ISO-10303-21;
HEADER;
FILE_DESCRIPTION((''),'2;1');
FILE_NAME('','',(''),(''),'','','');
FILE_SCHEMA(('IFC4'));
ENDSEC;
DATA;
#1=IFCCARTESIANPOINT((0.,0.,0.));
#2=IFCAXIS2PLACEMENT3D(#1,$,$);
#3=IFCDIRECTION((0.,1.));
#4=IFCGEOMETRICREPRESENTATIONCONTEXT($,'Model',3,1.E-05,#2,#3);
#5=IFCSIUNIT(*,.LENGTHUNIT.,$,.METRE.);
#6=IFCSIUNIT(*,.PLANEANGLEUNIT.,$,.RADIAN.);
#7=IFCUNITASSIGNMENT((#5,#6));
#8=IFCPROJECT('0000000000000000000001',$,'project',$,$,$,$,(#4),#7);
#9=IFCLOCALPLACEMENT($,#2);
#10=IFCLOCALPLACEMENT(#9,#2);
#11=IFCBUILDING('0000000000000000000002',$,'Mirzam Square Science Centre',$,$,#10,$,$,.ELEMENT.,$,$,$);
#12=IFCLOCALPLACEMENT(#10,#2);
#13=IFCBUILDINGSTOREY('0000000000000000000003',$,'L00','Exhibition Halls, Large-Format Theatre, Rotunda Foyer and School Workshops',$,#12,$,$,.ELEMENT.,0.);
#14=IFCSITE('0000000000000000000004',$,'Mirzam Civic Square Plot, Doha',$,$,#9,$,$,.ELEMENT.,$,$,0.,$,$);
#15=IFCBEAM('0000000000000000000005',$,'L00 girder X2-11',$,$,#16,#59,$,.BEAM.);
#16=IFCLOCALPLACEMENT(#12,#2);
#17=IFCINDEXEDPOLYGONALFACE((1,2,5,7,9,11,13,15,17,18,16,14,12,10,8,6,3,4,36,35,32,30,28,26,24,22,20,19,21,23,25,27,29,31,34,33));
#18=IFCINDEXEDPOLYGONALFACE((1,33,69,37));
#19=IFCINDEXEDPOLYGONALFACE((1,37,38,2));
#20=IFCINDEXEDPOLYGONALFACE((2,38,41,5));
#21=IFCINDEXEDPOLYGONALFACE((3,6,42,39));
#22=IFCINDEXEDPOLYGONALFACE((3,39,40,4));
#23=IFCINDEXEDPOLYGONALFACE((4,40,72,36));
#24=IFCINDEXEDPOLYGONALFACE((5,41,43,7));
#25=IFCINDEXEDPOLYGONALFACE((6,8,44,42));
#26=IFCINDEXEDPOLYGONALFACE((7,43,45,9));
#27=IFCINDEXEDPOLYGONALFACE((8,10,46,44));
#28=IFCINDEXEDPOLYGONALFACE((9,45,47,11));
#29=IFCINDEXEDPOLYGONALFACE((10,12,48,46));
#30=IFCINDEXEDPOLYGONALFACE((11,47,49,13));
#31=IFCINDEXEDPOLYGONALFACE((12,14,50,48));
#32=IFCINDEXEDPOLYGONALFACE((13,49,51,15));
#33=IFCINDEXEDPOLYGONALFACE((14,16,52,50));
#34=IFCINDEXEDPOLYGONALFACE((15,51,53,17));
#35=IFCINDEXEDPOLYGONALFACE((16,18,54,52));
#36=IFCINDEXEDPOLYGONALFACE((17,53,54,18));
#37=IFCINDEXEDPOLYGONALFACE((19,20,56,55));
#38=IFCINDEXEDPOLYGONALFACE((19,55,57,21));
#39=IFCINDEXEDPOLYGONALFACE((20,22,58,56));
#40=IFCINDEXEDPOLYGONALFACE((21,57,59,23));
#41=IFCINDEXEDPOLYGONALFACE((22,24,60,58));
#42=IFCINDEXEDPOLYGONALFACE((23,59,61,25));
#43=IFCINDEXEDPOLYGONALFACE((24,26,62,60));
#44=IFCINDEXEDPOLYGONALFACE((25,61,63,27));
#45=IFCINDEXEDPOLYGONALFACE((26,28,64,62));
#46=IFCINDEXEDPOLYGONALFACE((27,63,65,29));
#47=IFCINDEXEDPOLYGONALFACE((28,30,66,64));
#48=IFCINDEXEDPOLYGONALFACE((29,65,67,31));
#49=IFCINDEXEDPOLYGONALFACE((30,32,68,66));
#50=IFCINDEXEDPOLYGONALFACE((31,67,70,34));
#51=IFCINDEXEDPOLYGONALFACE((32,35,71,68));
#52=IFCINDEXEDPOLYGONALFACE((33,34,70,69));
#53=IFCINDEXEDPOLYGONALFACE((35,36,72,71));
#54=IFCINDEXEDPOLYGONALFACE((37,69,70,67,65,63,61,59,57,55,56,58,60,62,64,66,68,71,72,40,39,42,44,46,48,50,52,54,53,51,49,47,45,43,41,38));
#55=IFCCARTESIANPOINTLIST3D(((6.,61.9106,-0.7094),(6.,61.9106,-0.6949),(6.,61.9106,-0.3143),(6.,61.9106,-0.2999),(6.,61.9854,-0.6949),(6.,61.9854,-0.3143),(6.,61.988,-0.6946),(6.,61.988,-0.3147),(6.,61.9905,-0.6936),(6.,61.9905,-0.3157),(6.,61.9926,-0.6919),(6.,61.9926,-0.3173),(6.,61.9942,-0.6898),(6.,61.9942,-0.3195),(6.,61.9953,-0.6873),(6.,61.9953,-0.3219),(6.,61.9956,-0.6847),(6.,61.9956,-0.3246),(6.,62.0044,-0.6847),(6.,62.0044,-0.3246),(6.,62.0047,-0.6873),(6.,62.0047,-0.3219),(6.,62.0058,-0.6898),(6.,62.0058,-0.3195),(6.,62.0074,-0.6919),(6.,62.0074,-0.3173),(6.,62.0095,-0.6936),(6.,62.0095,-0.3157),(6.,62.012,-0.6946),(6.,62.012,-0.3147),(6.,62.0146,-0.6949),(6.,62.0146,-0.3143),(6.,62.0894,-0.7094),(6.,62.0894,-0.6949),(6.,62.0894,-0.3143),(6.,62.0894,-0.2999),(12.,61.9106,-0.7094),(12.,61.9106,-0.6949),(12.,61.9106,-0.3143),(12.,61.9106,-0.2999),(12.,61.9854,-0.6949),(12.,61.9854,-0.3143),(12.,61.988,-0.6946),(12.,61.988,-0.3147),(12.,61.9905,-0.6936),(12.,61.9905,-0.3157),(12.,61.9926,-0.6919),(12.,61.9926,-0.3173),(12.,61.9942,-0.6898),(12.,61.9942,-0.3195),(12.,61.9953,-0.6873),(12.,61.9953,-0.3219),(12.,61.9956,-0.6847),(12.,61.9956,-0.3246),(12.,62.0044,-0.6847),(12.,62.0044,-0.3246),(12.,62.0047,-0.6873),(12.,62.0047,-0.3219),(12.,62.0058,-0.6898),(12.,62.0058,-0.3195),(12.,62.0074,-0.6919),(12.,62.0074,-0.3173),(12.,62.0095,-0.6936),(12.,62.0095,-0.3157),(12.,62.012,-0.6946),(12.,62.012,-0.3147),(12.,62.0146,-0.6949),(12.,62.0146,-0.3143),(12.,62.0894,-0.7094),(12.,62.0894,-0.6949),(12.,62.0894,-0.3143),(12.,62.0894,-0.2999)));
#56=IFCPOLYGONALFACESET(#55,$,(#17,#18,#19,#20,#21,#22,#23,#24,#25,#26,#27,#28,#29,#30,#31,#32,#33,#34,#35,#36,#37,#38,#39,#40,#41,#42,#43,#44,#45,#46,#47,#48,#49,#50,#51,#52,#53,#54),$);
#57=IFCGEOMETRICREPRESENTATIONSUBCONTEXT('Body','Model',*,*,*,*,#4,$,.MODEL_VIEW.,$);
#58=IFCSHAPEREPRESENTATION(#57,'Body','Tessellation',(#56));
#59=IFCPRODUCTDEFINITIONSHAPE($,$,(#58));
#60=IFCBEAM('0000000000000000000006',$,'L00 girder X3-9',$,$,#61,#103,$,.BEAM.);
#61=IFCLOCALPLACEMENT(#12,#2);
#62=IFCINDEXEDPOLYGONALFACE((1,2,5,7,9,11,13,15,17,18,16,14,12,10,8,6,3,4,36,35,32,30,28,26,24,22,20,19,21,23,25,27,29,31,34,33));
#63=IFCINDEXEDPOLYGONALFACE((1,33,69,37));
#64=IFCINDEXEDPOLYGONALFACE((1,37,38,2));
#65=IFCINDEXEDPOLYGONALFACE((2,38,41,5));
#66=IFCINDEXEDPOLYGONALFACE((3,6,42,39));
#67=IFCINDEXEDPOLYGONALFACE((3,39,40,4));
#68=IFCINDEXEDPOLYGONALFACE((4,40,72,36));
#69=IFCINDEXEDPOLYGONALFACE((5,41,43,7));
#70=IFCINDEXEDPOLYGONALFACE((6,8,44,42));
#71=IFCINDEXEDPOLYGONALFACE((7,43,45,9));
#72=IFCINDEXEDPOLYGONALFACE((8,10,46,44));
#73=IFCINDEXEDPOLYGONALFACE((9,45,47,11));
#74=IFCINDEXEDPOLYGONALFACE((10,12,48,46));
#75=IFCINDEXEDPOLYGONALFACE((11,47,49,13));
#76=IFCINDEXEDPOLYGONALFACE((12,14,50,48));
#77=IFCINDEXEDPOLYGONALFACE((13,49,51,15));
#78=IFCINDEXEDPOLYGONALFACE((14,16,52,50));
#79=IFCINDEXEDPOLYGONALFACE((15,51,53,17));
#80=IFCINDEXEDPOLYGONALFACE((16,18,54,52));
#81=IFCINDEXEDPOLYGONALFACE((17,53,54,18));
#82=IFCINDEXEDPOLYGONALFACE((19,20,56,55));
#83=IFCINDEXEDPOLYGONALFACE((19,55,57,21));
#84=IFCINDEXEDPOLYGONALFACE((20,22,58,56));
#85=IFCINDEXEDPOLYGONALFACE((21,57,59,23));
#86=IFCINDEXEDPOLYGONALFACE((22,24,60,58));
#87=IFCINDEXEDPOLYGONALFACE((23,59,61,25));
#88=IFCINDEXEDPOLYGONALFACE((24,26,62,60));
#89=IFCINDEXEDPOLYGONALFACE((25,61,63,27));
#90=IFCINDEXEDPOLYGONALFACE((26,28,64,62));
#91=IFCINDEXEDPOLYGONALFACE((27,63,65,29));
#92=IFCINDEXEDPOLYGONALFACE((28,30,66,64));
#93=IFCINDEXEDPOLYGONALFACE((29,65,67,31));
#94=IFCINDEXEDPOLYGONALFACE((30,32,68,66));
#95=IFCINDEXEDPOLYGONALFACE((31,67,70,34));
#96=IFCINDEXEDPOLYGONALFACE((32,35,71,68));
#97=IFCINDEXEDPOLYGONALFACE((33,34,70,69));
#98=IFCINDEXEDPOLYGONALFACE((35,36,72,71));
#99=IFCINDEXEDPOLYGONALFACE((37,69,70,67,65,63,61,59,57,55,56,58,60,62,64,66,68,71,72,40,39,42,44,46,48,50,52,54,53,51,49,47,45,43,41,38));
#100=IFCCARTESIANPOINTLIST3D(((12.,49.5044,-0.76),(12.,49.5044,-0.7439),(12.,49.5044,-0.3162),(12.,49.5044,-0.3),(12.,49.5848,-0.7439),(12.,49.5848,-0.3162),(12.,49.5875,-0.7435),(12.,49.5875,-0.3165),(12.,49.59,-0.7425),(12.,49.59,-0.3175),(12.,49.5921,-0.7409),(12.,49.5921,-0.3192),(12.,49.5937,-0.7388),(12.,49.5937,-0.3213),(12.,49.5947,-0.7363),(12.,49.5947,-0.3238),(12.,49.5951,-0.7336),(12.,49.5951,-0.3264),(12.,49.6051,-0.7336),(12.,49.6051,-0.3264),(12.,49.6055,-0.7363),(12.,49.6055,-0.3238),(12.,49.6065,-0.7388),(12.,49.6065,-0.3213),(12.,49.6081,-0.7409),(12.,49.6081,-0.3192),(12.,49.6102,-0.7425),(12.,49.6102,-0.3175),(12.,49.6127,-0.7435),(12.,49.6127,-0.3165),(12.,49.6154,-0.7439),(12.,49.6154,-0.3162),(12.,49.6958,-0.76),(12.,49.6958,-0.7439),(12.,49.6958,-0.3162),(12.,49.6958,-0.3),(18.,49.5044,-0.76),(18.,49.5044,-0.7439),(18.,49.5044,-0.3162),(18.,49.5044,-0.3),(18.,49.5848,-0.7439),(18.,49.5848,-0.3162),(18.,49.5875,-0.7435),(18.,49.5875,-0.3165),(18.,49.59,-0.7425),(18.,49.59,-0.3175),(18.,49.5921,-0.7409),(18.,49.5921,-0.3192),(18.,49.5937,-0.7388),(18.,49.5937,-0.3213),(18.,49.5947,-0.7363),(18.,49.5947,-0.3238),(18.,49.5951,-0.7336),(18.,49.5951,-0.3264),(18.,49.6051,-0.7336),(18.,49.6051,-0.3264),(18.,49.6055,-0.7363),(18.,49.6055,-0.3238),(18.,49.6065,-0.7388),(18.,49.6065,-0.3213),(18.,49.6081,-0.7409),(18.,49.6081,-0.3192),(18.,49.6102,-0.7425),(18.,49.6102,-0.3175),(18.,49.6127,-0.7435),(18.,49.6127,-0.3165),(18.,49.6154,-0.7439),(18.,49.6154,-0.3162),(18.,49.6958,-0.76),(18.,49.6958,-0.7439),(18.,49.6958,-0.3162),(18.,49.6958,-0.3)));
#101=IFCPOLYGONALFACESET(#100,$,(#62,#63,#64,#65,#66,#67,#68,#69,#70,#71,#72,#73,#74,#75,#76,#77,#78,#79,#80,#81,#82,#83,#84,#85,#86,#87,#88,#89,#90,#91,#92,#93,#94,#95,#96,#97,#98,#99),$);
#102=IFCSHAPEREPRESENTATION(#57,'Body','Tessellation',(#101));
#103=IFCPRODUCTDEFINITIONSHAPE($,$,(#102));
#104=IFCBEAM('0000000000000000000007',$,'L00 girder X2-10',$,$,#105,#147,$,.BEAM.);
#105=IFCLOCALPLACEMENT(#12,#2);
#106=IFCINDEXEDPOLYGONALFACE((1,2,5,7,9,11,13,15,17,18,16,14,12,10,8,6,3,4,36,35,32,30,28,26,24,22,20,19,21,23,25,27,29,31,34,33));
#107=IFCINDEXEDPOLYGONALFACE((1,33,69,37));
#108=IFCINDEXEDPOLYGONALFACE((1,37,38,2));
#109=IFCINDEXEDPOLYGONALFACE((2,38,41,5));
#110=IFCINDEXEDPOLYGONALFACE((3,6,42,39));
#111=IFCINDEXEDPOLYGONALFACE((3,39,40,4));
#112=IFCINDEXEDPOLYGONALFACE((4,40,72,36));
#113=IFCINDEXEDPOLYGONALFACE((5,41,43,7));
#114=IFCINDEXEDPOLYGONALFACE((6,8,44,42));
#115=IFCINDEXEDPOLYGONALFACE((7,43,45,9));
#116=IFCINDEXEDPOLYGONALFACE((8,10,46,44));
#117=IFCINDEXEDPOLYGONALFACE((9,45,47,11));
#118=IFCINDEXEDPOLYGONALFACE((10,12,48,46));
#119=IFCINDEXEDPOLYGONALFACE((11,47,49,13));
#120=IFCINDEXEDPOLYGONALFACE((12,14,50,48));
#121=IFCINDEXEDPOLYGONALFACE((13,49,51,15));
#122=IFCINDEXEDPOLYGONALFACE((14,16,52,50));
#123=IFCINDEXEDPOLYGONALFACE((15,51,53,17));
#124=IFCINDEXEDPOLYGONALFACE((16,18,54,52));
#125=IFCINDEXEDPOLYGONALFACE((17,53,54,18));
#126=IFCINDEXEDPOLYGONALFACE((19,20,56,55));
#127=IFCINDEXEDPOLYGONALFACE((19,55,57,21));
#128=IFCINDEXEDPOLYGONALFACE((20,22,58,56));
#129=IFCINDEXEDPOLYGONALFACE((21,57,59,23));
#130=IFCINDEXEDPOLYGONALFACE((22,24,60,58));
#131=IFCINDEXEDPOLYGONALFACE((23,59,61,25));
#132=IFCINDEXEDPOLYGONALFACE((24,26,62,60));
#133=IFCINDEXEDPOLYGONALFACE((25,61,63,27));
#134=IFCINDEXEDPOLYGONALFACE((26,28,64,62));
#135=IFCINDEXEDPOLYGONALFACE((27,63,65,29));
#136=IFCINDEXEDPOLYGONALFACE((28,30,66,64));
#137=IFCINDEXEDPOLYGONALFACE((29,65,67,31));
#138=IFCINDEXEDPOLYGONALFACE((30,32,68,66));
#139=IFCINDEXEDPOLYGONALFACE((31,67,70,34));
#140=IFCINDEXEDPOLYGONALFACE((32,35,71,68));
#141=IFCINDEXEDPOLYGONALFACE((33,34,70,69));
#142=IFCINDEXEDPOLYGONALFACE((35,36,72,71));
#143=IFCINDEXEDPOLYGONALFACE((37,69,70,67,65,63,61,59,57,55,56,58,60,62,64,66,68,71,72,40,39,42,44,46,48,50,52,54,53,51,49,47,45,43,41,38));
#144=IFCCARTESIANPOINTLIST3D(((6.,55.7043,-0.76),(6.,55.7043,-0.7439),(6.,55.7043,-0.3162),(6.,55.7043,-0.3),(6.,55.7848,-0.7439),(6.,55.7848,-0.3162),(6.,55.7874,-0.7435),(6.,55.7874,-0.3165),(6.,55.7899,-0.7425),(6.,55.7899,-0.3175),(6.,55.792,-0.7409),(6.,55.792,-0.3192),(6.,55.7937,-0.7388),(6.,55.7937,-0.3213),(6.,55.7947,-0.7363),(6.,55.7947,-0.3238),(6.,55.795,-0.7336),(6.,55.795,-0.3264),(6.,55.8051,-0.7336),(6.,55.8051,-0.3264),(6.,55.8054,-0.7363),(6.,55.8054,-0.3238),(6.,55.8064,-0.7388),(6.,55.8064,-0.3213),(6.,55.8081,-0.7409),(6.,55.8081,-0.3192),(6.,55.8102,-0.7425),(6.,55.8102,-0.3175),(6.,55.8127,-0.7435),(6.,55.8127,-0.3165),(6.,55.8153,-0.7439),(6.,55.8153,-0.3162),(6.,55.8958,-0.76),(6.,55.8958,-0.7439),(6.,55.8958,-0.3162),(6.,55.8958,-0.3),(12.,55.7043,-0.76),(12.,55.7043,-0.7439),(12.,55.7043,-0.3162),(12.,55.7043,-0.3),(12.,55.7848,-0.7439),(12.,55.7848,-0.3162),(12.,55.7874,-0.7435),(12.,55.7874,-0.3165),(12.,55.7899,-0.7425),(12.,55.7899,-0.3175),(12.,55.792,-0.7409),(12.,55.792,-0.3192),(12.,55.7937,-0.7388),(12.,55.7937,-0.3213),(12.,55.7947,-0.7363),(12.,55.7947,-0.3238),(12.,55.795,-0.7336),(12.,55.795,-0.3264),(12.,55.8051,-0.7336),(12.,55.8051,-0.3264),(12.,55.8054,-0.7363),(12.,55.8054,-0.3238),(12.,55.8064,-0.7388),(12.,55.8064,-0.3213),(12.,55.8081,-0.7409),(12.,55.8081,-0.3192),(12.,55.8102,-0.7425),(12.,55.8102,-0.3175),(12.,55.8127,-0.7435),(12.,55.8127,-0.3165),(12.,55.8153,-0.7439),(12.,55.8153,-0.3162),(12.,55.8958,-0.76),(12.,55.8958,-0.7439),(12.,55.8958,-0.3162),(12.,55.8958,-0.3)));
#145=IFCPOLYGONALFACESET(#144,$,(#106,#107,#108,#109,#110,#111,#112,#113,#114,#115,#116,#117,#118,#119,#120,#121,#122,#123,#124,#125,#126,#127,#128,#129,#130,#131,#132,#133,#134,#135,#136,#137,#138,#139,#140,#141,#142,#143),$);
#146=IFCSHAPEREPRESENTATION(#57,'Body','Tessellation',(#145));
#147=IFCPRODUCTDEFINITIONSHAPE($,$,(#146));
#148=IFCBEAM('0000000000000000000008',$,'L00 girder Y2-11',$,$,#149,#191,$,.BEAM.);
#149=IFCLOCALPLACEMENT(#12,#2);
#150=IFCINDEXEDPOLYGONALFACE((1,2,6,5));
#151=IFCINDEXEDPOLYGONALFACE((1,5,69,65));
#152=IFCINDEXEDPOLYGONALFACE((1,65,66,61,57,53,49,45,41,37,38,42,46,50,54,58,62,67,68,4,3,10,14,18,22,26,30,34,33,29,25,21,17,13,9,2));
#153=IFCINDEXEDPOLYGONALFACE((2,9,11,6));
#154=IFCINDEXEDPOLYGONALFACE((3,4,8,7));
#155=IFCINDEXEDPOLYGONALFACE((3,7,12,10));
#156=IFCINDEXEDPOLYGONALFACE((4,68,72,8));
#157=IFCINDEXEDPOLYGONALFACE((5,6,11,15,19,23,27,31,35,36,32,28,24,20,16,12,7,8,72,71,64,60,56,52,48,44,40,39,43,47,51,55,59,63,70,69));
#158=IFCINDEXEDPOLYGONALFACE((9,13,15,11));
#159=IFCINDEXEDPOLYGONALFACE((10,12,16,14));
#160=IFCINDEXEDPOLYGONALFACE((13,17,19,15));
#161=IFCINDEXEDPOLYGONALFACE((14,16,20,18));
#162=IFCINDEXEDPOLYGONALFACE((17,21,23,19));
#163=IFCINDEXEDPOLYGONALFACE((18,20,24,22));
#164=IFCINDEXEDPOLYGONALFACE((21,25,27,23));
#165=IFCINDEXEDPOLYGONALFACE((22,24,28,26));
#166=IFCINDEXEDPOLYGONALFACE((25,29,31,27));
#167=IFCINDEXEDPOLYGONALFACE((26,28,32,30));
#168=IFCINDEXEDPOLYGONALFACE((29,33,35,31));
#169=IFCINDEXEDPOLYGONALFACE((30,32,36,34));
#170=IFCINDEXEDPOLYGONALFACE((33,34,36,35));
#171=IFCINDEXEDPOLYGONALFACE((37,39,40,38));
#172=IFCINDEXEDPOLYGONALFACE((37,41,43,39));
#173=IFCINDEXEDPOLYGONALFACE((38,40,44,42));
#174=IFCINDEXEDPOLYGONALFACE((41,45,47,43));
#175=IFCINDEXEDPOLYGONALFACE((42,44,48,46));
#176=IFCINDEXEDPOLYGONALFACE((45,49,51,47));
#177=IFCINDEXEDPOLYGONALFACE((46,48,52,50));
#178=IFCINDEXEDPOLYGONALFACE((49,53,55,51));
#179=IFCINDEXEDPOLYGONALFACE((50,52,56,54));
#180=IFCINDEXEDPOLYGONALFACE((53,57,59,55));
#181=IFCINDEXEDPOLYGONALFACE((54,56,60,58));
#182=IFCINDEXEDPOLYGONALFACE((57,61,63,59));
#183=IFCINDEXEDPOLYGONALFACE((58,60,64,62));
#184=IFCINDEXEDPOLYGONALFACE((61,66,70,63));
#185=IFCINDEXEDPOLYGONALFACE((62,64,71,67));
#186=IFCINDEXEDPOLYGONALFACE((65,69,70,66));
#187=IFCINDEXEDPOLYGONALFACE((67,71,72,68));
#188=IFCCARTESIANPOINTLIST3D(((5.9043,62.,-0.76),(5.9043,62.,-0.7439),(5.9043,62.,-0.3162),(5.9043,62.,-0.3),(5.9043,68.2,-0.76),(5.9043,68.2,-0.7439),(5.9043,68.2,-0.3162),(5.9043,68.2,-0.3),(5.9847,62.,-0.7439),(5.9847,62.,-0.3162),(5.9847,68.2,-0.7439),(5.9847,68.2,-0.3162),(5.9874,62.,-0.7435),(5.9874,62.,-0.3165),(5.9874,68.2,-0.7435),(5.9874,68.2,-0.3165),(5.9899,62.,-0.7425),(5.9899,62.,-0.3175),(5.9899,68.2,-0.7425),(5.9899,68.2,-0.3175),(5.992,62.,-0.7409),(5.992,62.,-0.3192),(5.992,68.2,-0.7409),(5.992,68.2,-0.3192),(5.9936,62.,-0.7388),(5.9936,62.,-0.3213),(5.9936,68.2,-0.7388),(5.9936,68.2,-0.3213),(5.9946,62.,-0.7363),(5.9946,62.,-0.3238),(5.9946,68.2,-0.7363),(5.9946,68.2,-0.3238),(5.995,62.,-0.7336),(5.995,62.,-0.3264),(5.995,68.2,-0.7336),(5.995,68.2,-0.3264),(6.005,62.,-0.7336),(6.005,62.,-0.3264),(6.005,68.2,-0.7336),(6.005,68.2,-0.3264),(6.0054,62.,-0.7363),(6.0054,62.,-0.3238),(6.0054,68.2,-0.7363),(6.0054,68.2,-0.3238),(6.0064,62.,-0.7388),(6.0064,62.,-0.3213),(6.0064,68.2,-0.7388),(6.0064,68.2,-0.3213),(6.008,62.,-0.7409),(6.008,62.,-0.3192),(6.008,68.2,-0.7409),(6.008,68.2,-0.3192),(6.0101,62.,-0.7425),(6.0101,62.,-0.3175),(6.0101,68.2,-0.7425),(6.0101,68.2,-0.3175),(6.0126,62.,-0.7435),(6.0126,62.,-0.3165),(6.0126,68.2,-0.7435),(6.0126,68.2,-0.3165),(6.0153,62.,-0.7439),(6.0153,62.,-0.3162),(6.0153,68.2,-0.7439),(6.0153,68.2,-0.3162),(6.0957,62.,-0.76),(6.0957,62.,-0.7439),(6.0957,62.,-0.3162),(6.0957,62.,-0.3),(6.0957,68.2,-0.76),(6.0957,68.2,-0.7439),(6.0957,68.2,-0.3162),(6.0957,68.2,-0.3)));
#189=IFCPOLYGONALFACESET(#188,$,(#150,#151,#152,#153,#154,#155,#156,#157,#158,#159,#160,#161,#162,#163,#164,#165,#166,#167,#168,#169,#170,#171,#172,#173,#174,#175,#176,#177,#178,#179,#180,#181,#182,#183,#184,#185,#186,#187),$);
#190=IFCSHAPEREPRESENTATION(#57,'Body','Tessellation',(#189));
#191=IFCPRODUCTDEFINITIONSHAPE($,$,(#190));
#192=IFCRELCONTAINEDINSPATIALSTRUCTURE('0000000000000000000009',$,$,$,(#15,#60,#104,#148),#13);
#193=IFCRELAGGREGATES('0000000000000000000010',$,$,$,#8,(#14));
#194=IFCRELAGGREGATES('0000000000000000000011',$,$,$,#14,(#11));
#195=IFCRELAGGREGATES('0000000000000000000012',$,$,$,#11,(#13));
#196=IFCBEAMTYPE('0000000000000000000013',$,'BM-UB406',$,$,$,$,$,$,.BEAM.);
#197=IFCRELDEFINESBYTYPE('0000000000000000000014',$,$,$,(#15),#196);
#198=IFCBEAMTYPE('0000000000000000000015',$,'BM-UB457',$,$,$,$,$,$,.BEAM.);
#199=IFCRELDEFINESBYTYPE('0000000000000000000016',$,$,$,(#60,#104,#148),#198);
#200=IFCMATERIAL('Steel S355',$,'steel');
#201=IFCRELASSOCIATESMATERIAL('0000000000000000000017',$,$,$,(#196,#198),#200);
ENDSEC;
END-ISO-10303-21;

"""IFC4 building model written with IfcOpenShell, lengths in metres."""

from ifc_helpers import new_model, si_unit, direction, frame, origin, origin_2d, place, context, subcontext, project, spatial, i_section, extrude, material, material_profile, profile_set, type_object, element, save


model = new_model("IFC4")

# Units and contexts
model_context = context("Model", 3, precision=1e-05, world=origin(), true_north=direction((0.0, 1.0)))
body_context = subcontext(model_context, "Body", "Model", "MODEL_VIEW")
ifc_project = project(units=[si_unit("LENGTHUNIT", "METRE"), si_unit("PLANEANGLEUNIT", "RADIAN")], contexts=[model_context])

# Site, building, storey
site_placement = place(None, origin())
site = spatial("IfcSite", under=ifc_project, at=site_placement, Name="Mirzam Civic Square Plot, Doha", CompositionType="ELEMENT", RefElevation=0.0)
building_placement = place(site_placement, origin())
building = spatial("IfcBuilding", under=site, at=building_placement, Name="Mirzam Square Science Centre", CompositionType="ELEMENT")
storey_placement = place(building_placement, origin())
storey = spatial("IfcBuildingStorey", under=building, at=storey_placement, Name="L00", Description="Exhibition Halls, Large-Format Theatre, Rotunda Foyer and School Workshops", CompositionType="ELEMENT", Elevation=0.0)

# Shared definitions
ifc_material_1 = material(Name="Steel S355", Category="steel")

# Beams
ifc_material_profile_1 = material_profile(ifc_material_1, i_section(OverallWidth=0.1787, OverallDepth=0.4094, WebThickness=0.0088, FlangeThickness=0.0144, FilletRadius=0.0103, at=origin_2d()), Name="406x178x67UB")
ifc_profile_set_1 = profile_set([ifc_material_profile_1], Name="Steel S355")
beam_type_1 = type_object("IfcBeamType", Name="BM-UB406", PredefinedType="BEAM", material=ifc_profile_set_1)
beam_1_placement = place(storey_placement, frame((6.0, 62.0, -0.5046), z_axis=(1.0, 0.0, 0.0), x_axis=(0.0, 1.0, 0.0)))
element("IfcBeam", 1, at=beam_1_placement, inside=storey, type_object=beam_type_1, Name="L00 girder X2-11", PredefinedType="BEAM", context=body_context, shape_type="SweptSolid", body=[
    extrude(i_section(OverallWidth=0.1787, OverallDepth=0.4094, WebThickness=0.0088, FlangeThickness=0.0144, FilletRadius=0.0103, at=origin_2d()), origin(), (0.0, 0.0, 1.0), 6.0),
])
ifc_material_profile_2 = material_profile(ifc_material_1, i_section(OverallWidth=0.1914, OverallDepth=0.46, WebThickness=0.01, FlangeThickness=0.0161, FilletRadius=0.0103, at=origin_2d()), Name="457x191x82UB")
ifc_profile_set_2 = profile_set([ifc_material_profile_2], Name="Steel S355")
beam_type_2 = type_object("IfcBeamType", Name="BM-UB457", PredefinedType="BEAM", material=ifc_profile_set_2)
for number, where, z_axis, x_axis, name in (
    (2, (12.0, 49.6001, -0.53), (1.0, 0.0, 0.0), (0.0, 1.0, 0.0), "L00 girder X3-9"),
    (3, (6.0, 55.8, -0.53), (1.0, 0.0, 0.0), (0.0, 1.0, 0.0), "L00 girder X2-10"),
):
    element("IfcBeam", number, at=place(storey_placement, frame(where, z_axis=z_axis, x_axis=x_axis)), inside=storey, type_object=beam_type_2, Name=name, PredefinedType="BEAM", context=body_context, shape_type="SweptSolid", body=[
        extrude(i_section(OverallWidth=0.1914, OverallDepth=0.46, WebThickness=0.01, FlangeThickness=0.0161, FilletRadius=0.0103, at=origin_2d()), origin(), (0.0, 0.0, 1.0), 6.0),
    ])
beam_2_placement = place(storey_placement, frame((6.0, 62.0, -0.53), z_axis=(0.0, 1.0, 0.0), x_axis=(-1.0, 0.0, 0.0)))
element("IfcBeam", 4, at=beam_2_placement, inside=storey, type_object=beam_type_2, Name="L00 girder Y2-11", PredefinedType="BEAM", context=body_context, shape_type="SweptSolid", body=[
    extrude(i_section(OverallWidth=0.1914, OverallDepth=0.46, WebThickness=0.01, FlangeThickness=0.0161, FilletRadius=0.0103, at=origin_2d()), origin(), (0.0, 0.0, 1.0), 6.2),
])

save(model, "model.ifc")
